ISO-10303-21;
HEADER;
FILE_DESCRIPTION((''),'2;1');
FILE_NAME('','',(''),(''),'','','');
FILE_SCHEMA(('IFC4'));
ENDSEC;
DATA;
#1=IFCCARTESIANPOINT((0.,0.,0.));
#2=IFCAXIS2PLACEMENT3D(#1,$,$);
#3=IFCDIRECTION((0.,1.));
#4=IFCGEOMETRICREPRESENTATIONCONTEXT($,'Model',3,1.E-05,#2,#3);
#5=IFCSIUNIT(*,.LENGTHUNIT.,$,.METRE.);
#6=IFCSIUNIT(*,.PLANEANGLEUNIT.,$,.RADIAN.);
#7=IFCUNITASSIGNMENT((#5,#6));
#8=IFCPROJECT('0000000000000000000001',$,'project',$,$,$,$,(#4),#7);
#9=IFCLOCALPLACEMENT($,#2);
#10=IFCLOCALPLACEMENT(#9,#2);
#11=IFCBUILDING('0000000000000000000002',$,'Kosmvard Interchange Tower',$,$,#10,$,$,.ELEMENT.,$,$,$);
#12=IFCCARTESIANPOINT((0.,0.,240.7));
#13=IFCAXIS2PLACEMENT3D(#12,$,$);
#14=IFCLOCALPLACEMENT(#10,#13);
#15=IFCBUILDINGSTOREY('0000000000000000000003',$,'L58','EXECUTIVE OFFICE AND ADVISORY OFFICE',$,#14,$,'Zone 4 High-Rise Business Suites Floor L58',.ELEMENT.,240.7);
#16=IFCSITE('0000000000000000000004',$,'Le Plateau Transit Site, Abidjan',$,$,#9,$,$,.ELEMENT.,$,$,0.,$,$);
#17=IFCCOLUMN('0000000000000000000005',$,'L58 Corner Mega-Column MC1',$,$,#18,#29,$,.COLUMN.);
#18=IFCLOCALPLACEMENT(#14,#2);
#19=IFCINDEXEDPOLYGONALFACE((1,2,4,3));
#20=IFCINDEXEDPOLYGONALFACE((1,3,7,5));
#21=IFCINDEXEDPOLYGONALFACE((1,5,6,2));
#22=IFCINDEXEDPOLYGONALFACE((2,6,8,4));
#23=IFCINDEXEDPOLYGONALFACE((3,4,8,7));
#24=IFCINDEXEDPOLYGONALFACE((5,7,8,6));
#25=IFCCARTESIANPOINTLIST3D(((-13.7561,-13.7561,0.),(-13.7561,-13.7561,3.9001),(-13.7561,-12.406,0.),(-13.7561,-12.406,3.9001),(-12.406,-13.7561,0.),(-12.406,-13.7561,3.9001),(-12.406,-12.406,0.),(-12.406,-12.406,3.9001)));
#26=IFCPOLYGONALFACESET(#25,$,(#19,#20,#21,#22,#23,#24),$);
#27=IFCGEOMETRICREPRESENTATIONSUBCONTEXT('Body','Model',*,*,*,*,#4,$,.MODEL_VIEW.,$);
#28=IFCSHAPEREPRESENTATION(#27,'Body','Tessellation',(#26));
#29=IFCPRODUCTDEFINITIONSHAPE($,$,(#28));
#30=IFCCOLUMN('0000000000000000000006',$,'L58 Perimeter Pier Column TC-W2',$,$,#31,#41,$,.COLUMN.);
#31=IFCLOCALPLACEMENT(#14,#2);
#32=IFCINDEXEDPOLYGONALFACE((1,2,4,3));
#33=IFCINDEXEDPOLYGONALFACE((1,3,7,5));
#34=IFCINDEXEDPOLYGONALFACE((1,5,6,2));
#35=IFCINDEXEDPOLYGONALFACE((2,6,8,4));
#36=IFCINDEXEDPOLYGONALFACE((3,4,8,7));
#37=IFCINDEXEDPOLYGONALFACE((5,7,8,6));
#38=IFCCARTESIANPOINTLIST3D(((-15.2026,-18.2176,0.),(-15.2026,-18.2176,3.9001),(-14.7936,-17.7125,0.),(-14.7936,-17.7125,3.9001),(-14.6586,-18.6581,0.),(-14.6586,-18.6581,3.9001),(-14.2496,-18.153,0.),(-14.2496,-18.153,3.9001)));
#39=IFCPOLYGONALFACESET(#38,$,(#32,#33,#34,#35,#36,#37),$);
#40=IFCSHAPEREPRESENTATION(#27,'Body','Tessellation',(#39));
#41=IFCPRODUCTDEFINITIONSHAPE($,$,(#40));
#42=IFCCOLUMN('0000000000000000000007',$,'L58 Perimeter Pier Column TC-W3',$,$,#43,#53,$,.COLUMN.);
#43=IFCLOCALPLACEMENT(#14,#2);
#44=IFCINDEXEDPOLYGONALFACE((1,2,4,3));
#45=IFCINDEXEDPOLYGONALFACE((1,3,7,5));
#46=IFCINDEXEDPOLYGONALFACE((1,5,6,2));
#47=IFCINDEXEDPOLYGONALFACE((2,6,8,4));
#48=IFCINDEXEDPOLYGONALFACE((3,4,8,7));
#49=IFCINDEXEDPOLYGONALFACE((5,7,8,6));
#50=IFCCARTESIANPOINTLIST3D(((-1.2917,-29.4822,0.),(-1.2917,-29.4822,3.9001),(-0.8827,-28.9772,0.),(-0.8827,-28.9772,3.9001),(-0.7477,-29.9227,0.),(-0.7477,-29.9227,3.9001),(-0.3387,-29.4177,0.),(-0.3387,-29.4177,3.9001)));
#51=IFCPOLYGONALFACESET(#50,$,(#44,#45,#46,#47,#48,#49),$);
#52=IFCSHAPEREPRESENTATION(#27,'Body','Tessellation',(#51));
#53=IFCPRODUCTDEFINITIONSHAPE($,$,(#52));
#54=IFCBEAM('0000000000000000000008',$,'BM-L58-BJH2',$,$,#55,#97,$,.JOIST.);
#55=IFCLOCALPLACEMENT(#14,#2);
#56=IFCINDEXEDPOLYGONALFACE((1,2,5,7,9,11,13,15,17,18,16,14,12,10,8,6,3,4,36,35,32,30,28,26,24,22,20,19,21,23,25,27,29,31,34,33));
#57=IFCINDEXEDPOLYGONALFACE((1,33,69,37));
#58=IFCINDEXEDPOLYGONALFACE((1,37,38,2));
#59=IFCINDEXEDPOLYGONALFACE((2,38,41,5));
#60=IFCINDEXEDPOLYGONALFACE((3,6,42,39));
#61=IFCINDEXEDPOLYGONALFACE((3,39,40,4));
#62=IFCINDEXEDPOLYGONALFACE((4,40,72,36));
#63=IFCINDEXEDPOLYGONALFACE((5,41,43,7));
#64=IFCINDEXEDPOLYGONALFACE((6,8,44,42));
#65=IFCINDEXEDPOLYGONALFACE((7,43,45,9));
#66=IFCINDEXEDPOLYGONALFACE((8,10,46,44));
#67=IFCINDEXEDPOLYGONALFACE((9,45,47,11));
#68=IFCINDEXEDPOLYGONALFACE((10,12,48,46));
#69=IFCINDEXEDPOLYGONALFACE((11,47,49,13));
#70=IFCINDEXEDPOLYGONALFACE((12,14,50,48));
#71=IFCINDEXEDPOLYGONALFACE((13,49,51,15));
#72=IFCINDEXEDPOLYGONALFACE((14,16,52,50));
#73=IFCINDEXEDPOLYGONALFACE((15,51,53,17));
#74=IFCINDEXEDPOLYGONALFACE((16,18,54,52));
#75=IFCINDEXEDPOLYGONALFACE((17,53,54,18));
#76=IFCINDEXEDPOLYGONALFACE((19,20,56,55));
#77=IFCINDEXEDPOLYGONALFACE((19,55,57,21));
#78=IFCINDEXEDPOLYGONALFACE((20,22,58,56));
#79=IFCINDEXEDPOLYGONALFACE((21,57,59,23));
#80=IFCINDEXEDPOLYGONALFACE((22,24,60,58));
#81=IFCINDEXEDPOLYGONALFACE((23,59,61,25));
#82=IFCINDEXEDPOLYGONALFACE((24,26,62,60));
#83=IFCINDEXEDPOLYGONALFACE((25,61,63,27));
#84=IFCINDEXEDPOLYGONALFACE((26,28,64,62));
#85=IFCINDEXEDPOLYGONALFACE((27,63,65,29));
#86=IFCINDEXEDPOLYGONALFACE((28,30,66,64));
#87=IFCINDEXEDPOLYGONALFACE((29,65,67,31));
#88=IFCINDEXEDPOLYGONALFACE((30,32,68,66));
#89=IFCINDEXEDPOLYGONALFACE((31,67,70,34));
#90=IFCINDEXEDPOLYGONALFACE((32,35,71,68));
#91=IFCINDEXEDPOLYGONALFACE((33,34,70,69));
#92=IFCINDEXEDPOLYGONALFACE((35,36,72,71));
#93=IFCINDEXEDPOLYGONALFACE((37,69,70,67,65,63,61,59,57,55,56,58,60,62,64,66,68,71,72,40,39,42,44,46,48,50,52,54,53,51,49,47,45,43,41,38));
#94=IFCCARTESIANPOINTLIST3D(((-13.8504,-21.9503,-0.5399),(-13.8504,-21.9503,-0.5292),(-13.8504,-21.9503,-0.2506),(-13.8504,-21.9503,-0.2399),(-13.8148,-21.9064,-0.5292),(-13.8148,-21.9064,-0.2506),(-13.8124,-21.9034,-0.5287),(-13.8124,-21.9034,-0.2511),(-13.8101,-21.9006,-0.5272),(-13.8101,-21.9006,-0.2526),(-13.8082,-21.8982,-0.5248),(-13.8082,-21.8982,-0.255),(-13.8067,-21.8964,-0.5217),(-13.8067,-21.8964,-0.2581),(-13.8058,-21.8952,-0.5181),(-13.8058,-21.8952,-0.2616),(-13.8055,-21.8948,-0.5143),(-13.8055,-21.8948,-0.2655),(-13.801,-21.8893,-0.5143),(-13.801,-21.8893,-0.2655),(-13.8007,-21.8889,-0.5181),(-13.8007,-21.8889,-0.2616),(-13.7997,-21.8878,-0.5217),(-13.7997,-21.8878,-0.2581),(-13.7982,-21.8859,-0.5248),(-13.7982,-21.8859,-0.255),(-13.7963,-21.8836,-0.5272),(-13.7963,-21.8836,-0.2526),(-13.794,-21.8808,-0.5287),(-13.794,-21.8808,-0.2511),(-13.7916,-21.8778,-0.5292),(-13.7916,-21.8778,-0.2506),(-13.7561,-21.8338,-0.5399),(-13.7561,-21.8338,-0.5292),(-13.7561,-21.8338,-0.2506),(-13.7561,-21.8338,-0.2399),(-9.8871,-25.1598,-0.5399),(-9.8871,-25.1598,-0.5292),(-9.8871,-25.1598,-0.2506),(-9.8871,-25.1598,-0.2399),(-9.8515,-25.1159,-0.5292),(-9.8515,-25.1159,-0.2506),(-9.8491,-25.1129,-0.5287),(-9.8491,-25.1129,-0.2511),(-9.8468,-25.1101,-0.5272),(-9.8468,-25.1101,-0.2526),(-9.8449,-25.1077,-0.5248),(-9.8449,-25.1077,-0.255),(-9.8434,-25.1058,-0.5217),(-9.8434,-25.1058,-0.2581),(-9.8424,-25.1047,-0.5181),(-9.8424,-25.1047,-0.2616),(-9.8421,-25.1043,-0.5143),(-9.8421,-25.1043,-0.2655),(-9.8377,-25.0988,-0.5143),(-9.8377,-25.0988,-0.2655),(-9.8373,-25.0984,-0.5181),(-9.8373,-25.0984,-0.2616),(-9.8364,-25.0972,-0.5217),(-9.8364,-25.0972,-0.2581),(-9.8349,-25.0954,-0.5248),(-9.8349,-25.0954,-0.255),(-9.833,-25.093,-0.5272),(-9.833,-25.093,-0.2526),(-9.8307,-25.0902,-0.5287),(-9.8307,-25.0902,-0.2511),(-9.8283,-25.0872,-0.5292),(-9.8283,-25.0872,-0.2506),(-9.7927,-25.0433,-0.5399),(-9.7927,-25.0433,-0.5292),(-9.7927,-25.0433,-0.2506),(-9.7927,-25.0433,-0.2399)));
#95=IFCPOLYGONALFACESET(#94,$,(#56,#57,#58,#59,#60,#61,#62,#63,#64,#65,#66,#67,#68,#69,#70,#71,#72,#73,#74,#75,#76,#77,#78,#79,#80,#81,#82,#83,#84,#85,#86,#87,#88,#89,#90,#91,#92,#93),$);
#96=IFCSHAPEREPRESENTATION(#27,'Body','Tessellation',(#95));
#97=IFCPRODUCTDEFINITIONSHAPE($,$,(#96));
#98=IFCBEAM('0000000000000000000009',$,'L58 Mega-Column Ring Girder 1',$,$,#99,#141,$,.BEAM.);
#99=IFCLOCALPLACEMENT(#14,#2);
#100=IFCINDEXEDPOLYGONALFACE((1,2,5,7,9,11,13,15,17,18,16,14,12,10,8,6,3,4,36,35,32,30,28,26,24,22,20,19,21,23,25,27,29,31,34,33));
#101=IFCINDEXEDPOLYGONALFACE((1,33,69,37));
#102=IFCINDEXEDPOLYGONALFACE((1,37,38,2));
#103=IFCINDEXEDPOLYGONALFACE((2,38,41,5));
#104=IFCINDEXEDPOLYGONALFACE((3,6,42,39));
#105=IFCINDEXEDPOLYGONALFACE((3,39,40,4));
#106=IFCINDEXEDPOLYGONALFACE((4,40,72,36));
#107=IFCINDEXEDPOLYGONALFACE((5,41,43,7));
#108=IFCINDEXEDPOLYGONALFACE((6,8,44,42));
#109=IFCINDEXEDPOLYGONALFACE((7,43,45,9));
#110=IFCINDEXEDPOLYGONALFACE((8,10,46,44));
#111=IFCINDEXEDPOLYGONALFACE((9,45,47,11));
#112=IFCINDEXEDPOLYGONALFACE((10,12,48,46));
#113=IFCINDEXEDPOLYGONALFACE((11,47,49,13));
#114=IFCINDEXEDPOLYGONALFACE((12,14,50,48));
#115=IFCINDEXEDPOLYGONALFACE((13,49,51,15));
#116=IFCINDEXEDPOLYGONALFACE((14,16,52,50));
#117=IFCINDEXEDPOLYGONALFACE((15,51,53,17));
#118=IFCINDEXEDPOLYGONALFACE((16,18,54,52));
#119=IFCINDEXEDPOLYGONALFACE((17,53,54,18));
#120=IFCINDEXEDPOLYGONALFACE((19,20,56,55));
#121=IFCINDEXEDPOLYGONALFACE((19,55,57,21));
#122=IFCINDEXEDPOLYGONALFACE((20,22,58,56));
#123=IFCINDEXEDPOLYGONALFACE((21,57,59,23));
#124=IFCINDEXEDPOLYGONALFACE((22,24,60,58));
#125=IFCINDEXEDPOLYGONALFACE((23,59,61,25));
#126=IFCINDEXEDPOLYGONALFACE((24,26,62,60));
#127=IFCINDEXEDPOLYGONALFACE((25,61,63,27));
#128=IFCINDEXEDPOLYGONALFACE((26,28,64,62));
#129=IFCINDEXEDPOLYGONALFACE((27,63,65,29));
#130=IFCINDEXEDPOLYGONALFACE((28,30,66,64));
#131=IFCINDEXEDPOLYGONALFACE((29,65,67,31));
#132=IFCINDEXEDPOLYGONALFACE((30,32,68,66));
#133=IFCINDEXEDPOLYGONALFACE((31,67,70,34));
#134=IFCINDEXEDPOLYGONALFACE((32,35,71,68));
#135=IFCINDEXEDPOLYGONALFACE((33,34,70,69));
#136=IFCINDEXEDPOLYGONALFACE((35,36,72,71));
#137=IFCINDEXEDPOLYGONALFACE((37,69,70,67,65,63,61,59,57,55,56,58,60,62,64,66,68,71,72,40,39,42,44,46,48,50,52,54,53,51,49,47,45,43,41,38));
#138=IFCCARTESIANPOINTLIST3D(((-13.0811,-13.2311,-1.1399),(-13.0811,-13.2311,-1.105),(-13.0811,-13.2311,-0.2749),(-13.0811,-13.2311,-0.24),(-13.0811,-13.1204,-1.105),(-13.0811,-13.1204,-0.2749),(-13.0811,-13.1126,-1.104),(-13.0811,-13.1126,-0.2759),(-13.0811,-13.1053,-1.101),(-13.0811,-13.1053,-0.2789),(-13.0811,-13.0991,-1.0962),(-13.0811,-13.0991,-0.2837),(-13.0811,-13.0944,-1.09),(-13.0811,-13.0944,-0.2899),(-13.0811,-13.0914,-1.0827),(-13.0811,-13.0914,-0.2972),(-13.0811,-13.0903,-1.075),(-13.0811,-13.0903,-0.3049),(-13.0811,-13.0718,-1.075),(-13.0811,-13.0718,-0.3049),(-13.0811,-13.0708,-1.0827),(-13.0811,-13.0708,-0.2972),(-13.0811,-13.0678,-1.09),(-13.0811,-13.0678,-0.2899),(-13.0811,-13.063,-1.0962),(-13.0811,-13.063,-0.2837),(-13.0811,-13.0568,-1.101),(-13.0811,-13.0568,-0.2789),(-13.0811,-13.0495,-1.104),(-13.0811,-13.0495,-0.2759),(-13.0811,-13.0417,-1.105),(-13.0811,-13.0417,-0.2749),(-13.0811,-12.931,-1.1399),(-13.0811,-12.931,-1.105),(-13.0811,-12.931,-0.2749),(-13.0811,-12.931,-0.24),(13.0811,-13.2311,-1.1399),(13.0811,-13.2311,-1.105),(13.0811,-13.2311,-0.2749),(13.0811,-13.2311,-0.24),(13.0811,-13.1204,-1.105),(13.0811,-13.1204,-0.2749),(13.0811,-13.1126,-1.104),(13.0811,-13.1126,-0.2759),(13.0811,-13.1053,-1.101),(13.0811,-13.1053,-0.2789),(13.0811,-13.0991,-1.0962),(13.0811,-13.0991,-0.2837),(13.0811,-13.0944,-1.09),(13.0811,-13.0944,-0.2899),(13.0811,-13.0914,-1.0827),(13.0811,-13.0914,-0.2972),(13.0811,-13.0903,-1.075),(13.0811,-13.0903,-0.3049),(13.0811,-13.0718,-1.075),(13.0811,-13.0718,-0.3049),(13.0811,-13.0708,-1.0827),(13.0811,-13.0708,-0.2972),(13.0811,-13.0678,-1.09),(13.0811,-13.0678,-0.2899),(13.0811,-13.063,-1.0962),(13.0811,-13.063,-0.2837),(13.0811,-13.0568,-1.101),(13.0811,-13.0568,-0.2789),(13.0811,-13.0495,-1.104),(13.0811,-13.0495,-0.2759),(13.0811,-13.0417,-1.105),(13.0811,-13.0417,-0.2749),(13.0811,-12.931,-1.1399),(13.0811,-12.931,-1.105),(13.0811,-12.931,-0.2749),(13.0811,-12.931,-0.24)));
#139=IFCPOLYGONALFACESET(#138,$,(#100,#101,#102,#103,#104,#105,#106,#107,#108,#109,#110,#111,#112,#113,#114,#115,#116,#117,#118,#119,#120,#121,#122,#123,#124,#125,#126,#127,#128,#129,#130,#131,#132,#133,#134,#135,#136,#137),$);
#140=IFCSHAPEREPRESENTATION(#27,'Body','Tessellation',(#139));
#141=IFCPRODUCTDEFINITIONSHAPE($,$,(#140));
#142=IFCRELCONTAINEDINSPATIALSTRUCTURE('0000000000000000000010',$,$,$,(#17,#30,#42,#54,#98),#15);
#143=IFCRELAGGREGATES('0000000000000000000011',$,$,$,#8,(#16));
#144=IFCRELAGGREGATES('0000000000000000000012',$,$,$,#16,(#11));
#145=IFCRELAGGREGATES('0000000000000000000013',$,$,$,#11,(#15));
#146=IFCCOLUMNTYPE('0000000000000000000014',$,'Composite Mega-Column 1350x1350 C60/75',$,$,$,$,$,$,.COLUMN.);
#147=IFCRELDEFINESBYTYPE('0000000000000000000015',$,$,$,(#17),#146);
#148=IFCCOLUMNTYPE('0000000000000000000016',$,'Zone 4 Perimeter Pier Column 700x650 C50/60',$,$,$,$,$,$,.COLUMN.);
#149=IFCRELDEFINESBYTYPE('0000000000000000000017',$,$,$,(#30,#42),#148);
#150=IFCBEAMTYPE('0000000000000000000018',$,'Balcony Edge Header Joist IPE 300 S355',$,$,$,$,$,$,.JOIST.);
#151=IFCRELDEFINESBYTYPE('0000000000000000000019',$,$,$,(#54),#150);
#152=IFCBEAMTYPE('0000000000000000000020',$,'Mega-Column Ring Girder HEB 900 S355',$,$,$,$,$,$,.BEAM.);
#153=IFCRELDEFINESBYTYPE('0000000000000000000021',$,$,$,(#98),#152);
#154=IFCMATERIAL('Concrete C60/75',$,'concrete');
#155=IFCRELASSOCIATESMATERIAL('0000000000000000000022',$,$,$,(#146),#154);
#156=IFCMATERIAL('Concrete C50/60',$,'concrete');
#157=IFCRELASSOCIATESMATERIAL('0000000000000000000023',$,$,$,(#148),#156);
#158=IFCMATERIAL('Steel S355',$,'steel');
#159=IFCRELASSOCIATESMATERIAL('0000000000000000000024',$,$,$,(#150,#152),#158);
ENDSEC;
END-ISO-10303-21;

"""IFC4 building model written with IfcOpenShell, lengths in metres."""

from ifc_helpers import new_model, si_unit, direction, frame, origin, origin_2d, place, context, subcontext, project, spatial, rectangle, i_section, extrude, source, transform, mapped, material, material_profile, profile_set, type_object, element, save


model = new_model("IFC4")

# Units and contexts
model_context = context("Model", 3, precision=1e-05, world=origin(), true_north=direction((0.0, 1.0)))
body_context = subcontext(model_context, "Body", "Model", "MODEL_VIEW")
ifc_project = project(units=[si_unit("LENGTHUNIT", "METRE"), si_unit("PLANEANGLEUNIT", "RADIAN")], contexts=[model_context])

# Site, building, storey
site_placement = place(None, origin())
site = spatial("IfcSite", under=ifc_project, at=site_placement, Name="Le Plateau Transit Site, Abidjan", CompositionType="ELEMENT", RefElevation=0.0)
building_placement = place(site_placement, origin())
building = spatial("IfcBuilding", under=site, at=building_placement, Name="Kosmvard Interchange Tower", CompositionType="ELEMENT")
storey_placement = place(building_placement, frame((0.0, 0.0, 240.7)))
storey = spatial("IfcBuildingStorey", under=building, at=storey_placement, Name="L58", Description="EXECUTIVE OFFICE AND ADVISORY OFFICE", LongName="Zone 4 High-Rise Business Suites Floor L58", CompositionType="ELEMENT", Elevation=240.7)

# Columns
ifc_material_1 = material(Name="Concrete C60/75", Category="concrete")
ifc_material_profile_1 = material_profile(ifc_material_1, rectangle(XDim=1.3501, YDim=1.3501, at=origin_2d()), Name="MC 1350x1350")
ifc_profile_set_1 = profile_set([ifc_material_profile_1], Name="Concrete C60/75")
column_type_1 = type_object("IfcColumnType", Name="Composite Mega-Column 1350x1350 C60/75", PredefinedType="COLUMN", material=ifc_profile_set_1)
shared_shape_1 = source(origin(), body_context, "Body", "SweptSolid", [
    extrude(rectangle(XDim=1.3501, YDim=1.3501, at=origin_2d()), origin(), (0.0, 0.0, 1.0), 3.9001),
])
column_placement = place(storey_placement, frame((-13.0811, -13.0811, 0.0), z_axis=(0.0, 0.0, 1.0), x_axis=(1.0, 0.0, 0.0)))
element("IfcColumn", 1, at=column_placement, inside=storey, type_object=column_type_1, Name="L58 Corner Mega-Column MC1", PredefinedType="COLUMN", context=body_context, shape_type="MappedRepresentation", body=[
    mapped(shared_shape_1, transform((0.0, 0.0, 0.0), scale=1.0)),
])
ifc_material_2 = material(Name="Concrete C50/60", Category="concrete")
ifc_material_profile_2 = material_profile(ifc_material_2, rectangle(XDim=0.6499, YDim=0.7, at=origin_2d()), Name="TC 700x650")
ifc_profile_set_2 = profile_set([ifc_material_profile_2], Name="Concrete C50/60")
column_type_2 = type_object("IfcColumnType", Name="Zone 4 Perimeter Pier Column 700x650 C50/60", PredefinedType="COLUMN", material=ifc_profile_set_2)
shared_shape_2 = source(origin(), body_context, "Body", "SweptSolid", [
    extrude(rectangle(XDim=0.6499, YDim=0.7, at=origin_2d()), origin(), (0.0, 0.0, 1.0), 3.9001),
])
for number, where, z_axis, x_axis, name in (
    (2, (-14.7261, -18.1853, 0.0), (0.0, 0.0, 1.0), (0.62932, 0.777146, 0.0), "L58 Perimeter Pier Column TC-W2"),
    (3, (-0.8152, -29.45, 0.0), (0.0, 0.0, 1.0), (0.62932, 0.777146, 0.0), "L58 Perimeter Pier Column TC-W3"),
):
    element("IfcColumn", number, at=place(storey_placement, frame(where, z_axis=z_axis, x_axis=x_axis)), inside=storey, type_object=column_type_2, Name=name, PredefinedType="COLUMN", context=body_context, shape_type="MappedRepresentation", body=[
        mapped(shared_shape_2, transform((0.0, 0.0, 0.0), scale=1.0)),
    ])

# Beams
ifc_material_3 = material(Name="Steel S355", Category="steel")
ifc_material_profile_3 = material_profile(ifc_material_3, i_section(OverallWidth=0.1499, OverallDepth=0.3, WebThickness=0.0071, FlangeThickness=0.0107, FilletRadius=0.0149, at=origin_2d()), Name="IPE 300")
ifc_profile_set_3 = profile_set([ifc_material_profile_3], Name="Steel S355")
beam_type_1 = type_object("IfcBeamType", Name="Balcony Edge Header Joist IPE 300 S355", PredefinedType="JOIST", material=ifc_profile_set_3)
shared_shape_3 = source(origin(), body_context, "Body", "SweptSolid", [
    extrude(i_section(OverallWidth=0.1499, OverallDepth=0.3, WebThickness=0.0071, FlangeThickness=0.0107, FilletRadius=0.0149, at=origin_2d()), origin(), (0.0, 0.0, 1.0), 5.0999),
])
beam_1_placement = place(storey_placement, frame((-13.8032, -21.8921, -0.3899), z_axis=(0.777147, -0.629319, 0.0), x_axis=(0.629319, 0.777147, 0.0)))
element("IfcBeam", 4, at=beam_1_placement, inside=storey, type_object=beam_type_1, Name="BM-L58-BJH2", PredefinedType="JOIST", context=body_context, shape_type="MappedRepresentation", body=[
    mapped(shared_shape_3, transform((0.0, 0.0, 0.0), scale=1.0)),
])
ifc_material_profile_4 = material_profile(ifc_material_3, i_section(OverallWidth=0.3, OverallDepth=0.8999, WebThickness=0.0186, FlangeThickness=0.0349, FilletRadius=0.03, at=origin_2d()), Name="HEB 900")
ifc_profile_set_4 = profile_set([ifc_material_profile_4], Name="Steel S355")
beam_type_2 = type_object("IfcBeamType", Name="Mega-Column Ring Girder HEB 900 S355", PredefinedType="BEAM", material=ifc_profile_set_4)
shared_shape_4 = source(origin(), body_context, "Body", "SweptSolid", [
    extrude(i_section(OverallWidth=0.3, OverallDepth=0.8999, WebThickness=0.0186, FlangeThickness=0.0349, FilletRadius=0.03, at=origin_2d()), origin(), (0.0, 0.0, 1.0), 26.1621),
])
beam_2_placement = place(storey_placement, frame((-13.0811, -13.0811, -0.6899), z_axis=(1.0, 0.0, 0.0), x_axis=(0.0, 1.0, 0.0)))
element("IfcBeam", 5, at=beam_2_placement, inside=storey, type_object=beam_type_2, Name="L58 Mega-Column Ring Girder 1", PredefinedType="BEAM", context=body_context, shape_type="MappedRepresentation", body=[
    mapped(shared_shape_4, transform((0.0, 0.0, 0.0), scale=1.0)),
])

save(model, "model.ifc")
